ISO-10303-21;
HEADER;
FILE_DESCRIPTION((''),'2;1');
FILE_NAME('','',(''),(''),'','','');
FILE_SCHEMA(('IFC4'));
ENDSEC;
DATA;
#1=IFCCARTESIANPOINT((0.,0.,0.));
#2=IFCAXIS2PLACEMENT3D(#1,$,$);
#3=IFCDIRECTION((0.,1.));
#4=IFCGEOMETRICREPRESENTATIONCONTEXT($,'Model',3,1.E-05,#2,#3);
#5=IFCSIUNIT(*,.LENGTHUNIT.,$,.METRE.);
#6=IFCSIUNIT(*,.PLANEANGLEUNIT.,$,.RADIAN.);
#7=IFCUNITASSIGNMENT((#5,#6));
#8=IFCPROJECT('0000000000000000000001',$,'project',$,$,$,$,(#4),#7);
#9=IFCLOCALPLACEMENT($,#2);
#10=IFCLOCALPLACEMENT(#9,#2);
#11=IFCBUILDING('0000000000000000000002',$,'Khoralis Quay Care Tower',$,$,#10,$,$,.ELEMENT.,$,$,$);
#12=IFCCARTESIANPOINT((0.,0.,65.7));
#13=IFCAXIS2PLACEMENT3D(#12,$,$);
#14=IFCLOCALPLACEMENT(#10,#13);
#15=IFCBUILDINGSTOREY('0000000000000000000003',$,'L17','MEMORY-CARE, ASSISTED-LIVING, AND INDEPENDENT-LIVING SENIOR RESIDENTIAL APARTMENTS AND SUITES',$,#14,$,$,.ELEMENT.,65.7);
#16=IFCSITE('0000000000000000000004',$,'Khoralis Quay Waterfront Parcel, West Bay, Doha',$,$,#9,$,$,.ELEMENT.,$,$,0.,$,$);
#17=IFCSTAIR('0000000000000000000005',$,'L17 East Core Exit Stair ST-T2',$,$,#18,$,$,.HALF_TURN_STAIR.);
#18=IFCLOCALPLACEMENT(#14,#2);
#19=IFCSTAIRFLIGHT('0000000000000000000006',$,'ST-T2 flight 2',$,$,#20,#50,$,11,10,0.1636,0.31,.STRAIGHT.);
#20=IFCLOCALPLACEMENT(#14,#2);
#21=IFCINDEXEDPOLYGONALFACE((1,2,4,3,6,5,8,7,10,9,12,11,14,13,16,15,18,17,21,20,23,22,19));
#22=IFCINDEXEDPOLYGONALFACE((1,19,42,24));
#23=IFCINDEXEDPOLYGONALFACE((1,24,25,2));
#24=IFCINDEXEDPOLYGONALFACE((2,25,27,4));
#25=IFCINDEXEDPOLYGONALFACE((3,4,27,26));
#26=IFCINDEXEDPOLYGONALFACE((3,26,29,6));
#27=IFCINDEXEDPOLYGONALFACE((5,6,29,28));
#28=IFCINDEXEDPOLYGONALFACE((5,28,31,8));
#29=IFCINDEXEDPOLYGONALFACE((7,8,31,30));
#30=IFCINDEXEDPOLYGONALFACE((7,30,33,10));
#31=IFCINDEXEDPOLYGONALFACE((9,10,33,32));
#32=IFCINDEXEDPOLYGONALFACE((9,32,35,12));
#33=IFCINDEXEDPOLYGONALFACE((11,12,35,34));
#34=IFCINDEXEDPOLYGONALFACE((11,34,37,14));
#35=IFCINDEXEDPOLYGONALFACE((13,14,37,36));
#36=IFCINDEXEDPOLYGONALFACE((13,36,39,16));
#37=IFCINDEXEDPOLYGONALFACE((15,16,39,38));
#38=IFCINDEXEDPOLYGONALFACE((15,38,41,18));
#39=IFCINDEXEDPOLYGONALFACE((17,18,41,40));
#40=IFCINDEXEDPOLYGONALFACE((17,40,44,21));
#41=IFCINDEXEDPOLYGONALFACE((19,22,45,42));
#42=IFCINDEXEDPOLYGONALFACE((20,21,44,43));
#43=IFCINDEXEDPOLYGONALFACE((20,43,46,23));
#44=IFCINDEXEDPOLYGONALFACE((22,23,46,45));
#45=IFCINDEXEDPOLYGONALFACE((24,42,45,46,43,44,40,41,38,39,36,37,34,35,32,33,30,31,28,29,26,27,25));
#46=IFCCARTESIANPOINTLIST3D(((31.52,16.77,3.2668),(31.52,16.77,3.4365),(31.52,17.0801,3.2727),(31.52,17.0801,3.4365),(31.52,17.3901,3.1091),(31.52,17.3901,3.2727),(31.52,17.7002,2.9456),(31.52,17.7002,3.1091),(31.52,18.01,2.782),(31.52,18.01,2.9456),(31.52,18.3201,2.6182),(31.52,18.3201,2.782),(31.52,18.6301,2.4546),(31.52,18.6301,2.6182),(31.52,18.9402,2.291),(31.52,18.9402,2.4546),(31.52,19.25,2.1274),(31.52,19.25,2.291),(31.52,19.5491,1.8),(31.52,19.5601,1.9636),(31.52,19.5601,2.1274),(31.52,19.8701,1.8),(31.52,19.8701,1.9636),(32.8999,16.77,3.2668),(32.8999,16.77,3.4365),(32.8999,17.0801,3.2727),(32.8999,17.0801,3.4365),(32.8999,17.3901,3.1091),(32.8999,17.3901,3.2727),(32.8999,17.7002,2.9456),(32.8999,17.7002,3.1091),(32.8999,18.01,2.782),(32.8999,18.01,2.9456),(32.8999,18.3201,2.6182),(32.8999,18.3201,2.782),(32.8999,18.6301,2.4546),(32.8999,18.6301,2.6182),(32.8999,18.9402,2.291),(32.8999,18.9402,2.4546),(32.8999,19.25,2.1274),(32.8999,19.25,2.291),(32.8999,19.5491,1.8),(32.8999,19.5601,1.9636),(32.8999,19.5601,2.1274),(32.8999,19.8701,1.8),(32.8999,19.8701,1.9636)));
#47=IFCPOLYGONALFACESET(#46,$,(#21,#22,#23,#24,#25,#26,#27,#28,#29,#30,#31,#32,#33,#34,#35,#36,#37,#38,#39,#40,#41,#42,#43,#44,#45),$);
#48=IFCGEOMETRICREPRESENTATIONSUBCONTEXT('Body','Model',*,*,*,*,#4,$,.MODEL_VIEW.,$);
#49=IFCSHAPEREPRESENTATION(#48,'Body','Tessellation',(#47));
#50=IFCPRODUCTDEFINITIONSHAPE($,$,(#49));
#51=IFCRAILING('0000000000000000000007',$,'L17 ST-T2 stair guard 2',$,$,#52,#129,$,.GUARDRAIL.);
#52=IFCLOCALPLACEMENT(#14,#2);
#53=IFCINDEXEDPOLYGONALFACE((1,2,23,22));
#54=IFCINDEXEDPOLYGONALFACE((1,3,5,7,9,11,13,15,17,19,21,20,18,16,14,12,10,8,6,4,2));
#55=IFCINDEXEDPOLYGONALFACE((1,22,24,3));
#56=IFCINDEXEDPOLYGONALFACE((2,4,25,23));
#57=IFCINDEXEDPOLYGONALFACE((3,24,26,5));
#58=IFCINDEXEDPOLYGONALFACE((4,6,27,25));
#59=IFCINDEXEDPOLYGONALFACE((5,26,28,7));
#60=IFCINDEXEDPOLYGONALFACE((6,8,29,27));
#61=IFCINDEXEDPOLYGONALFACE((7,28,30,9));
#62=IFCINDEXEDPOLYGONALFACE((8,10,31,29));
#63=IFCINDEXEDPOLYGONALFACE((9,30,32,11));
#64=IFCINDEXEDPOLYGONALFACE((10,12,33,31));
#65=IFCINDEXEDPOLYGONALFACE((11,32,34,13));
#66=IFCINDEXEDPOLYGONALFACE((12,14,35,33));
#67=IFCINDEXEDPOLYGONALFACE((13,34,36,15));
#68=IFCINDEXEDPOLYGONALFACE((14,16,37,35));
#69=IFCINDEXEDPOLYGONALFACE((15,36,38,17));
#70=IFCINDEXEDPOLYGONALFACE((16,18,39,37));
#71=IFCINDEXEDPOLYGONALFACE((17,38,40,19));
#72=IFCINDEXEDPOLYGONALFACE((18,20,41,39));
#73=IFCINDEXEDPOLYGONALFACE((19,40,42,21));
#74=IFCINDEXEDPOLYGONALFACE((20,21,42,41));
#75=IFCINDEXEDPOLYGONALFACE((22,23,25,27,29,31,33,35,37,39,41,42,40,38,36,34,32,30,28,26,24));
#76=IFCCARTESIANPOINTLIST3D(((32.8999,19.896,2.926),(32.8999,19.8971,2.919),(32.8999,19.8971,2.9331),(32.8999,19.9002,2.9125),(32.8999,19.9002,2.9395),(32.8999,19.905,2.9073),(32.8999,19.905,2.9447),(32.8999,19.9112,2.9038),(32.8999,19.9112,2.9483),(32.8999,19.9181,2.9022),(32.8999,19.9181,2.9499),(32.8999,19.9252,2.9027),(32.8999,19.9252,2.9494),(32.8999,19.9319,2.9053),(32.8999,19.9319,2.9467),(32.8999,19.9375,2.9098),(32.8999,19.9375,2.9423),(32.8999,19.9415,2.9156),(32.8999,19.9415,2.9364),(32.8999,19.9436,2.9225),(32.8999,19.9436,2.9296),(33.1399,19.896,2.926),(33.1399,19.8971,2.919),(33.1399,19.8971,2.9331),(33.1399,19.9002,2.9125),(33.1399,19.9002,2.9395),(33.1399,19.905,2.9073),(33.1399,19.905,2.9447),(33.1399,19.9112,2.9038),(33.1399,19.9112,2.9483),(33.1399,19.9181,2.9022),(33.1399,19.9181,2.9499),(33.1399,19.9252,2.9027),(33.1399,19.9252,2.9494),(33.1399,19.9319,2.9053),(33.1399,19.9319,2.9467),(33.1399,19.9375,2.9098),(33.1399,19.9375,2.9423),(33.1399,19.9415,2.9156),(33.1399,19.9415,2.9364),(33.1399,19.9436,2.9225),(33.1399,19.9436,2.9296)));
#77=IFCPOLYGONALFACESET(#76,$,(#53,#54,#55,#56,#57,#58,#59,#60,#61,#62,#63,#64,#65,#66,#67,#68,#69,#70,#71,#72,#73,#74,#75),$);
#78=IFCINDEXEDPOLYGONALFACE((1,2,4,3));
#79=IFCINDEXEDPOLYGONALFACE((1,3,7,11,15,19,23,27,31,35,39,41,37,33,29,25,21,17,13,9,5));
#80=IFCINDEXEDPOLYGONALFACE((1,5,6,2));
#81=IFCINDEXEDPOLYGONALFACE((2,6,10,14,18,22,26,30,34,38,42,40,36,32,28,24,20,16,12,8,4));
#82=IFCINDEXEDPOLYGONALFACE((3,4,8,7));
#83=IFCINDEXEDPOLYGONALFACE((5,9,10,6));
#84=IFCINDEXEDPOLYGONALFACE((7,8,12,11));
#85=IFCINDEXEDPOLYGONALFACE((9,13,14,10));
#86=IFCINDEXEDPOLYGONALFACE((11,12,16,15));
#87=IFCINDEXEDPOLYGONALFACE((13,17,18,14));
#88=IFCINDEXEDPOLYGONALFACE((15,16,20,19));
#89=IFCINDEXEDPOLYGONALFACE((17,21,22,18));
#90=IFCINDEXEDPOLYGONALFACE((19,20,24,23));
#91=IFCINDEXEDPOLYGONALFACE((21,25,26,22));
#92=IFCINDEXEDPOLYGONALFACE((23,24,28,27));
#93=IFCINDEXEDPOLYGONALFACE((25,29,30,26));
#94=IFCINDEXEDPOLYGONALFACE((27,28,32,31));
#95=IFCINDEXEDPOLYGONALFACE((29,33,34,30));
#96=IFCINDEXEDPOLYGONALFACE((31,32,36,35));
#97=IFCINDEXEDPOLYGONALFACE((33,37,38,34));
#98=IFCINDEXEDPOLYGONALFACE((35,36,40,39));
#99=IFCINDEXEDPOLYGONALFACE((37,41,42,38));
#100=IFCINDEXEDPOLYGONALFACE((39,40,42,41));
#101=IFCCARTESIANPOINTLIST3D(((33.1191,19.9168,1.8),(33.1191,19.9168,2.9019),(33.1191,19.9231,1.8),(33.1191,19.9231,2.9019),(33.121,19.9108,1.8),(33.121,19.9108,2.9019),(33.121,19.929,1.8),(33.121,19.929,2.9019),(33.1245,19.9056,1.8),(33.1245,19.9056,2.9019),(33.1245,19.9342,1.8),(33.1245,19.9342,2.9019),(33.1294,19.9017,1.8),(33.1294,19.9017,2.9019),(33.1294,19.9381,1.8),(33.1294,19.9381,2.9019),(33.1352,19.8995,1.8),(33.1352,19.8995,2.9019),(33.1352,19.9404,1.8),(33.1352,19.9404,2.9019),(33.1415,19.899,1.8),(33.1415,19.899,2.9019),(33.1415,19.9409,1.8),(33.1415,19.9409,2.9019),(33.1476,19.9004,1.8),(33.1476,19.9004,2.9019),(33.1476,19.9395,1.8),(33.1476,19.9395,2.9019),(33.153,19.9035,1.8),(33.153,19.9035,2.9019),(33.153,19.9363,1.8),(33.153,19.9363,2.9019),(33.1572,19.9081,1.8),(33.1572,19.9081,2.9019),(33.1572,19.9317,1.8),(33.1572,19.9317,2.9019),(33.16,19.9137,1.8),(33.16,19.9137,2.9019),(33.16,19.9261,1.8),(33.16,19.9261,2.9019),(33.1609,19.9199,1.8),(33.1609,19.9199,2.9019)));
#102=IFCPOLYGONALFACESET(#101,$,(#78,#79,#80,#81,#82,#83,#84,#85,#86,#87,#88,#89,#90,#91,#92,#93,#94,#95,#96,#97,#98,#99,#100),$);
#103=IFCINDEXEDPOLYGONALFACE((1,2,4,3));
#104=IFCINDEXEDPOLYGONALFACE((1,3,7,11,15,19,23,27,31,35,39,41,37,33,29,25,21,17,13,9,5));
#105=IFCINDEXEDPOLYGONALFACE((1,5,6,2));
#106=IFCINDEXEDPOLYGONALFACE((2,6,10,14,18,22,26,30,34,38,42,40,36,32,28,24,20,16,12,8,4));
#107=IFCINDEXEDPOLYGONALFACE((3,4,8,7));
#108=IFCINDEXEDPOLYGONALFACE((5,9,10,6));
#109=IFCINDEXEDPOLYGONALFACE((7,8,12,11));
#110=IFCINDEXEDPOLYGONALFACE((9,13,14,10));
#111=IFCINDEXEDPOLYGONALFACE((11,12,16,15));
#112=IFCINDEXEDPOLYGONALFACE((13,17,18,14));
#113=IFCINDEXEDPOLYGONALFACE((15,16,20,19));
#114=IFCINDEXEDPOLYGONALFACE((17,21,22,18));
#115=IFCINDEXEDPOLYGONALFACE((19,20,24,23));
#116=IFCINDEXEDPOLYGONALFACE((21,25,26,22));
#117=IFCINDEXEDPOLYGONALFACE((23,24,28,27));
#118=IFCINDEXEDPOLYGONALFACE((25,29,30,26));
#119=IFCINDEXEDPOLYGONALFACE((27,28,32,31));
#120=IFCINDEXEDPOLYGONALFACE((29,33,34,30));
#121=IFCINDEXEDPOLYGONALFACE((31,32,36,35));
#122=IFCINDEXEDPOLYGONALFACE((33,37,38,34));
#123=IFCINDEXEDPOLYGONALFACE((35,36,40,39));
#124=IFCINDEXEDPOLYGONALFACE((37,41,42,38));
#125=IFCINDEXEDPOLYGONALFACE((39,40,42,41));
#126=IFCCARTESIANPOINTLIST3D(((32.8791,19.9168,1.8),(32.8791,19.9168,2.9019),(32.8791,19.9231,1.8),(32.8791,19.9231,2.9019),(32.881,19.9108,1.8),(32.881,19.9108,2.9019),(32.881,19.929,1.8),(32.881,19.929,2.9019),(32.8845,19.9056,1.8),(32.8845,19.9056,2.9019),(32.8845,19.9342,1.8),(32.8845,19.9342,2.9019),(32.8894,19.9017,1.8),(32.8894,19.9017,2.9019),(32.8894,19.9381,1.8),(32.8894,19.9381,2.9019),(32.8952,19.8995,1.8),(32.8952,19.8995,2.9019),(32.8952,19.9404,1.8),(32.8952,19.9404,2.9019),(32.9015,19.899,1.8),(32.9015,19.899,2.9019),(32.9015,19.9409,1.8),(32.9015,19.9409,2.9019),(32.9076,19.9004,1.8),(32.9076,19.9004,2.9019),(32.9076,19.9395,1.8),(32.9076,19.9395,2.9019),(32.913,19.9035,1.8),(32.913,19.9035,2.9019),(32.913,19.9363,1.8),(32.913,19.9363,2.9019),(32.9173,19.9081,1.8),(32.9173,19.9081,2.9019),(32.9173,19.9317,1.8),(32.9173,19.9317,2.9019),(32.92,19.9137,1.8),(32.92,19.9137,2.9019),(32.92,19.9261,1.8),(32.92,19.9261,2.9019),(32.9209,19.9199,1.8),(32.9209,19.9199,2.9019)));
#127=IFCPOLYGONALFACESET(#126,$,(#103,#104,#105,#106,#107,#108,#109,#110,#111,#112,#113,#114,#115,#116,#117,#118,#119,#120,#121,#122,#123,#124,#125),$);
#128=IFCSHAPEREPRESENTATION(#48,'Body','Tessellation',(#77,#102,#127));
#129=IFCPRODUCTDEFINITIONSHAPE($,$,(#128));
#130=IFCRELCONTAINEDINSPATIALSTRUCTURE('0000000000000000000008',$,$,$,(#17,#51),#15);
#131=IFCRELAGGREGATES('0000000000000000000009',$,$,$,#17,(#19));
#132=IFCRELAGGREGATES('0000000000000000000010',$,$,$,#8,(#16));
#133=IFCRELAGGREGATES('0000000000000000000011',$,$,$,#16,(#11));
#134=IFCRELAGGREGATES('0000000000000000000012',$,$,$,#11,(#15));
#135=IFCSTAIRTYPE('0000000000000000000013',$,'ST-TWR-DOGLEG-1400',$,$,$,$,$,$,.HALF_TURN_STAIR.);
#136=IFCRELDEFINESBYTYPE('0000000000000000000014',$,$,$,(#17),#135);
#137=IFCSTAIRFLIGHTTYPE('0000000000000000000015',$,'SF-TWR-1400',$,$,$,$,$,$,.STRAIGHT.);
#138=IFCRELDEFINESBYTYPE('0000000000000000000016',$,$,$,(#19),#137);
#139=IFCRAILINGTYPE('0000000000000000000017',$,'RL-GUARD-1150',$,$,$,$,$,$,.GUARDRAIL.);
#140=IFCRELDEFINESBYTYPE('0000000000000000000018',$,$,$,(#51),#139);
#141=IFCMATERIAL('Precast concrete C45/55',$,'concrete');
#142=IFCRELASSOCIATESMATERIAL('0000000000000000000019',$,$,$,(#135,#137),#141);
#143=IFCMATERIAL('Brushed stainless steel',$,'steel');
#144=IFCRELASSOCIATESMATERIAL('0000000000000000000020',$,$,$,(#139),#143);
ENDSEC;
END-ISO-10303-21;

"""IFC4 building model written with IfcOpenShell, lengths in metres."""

from ifc_helpers import new_model, si_unit, direction, frame, origin, origin_2d, place, context, subcontext, project, spatial, polyline, circle, outline, extrude, source, transform, mapped, material, type_object, element, aggregate, save


model = new_model("IFC4")

# Units and contexts
model_context = context("Model", 3, precision=1e-05, world=origin(), true_north=direction((0.0, 1.0)))
body_context = subcontext(model_context, "Body", "Model", "MODEL_VIEW")
ifc_project = project(units=[si_unit("LENGTHUNIT", "METRE"), si_unit("PLANEANGLEUNIT", "RADIAN")], contexts=[model_context])

# Site, building, storey
site_placement = place(None, origin())
site = spatial("IfcSite", under=ifc_project, at=site_placement, Name="Khoralis Quay Waterfront Parcel, West Bay, Doha", CompositionType="ELEMENT", RefElevation=0.0)
building_placement = place(site_placement, origin())
building = spatial("IfcBuilding", under=site, at=building_placement, Name="Khoralis Quay Care Tower", CompositionType="ELEMENT")
storey_placement = place(building_placement, frame((0.0, 0.0, 65.7)))
storey = spatial("IfcBuildingStorey", under=building, at=storey_placement, Name="L17", Description="MEMORY-CARE, ASSISTED-LIVING, AND INDEPENDENT-LIVING SENIOR RESIDENTIAL APARTMENTS AND SUITES", CompositionType="ELEMENT", Elevation=65.7)

# Shared definitions
ifc_material_1 = material(Name="Brushed stainless steel", Category="steel")

# Shared definitions
ifc_material_2 = material(Name="Precast concrete C45/55", Category="concrete")

# Stair, stair flight
stair_type = type_object("IfcStairType", Name="ST-TWR-DOGLEG-1400", PredefinedType="HALF_TURN_STAIR", material=ifc_material_2)
stair_placement = place(storey_placement, origin())
stair = element("IfcStair", 1, at=stair_placement, inside=storey, type_object=stair_type, Name="L17 East Core Exit Stair ST-T2", PredefinedType="HALF_TURN_STAIR")
stair_flight_type = type_object("IfcStairFlightType", Name="SF-TWR-1400", PredefinedType="STRAIGHT", material=ifc_material_2)
shared_shape_1 = source(origin(), body_context, "Body", "SweptSolid", [
    extrude(outline(polyline([(0.0, 0.0), (0.0, 0.1636), (0.3101, 0.1636), (0.3101, 0.3274), (0.6201, 0.3274), (0.6201, 0.491), (0.9299, 0.491), (0.9299, 0.6545), (1.24, 0.6545), (1.24, 0.8181), (1.55, 0.8181), (1.55, 0.9819), (1.8601, 0.9819), (1.8601, 1.1455), (2.1699, 1.1455), (2.1699, 1.3091), (2.48, 1.3091), (2.48, 1.4727), (2.79, 1.4727), (2.79, 1.6365), (3.1001, 1.6365), (3.1001, 1.8), (3.1001, 1.4668), (0.321, 0.0), (0.0, 0.0)])), frame((0.0, 0.6899, 0.0), z_axis=(0.0, -1.0, 0.0), x_axis=(1.0, 0.0, 0.0)), (0.0, 0.0, 1.0), 1.3799),
])
stair_flight_placement = place(storey_placement, frame((32.21, 19.8701, 1.8), z_axis=(0.0, 0.0, 1.0), x_axis=(0.0, -1.0, 0.0)))
stair_flight = element("IfcStairFlight", 2, at=stair_flight_placement, type_object=stair_flight_type, Name="ST-T2 flight 2", NumberOfRisers=11, NumberOfTreads=10, PredefinedType="STRAIGHT", RiserHeight=0.1636, TreadLength=0.31, context=body_context, shape_type="MappedRepresentation", body=[
    mapped(shared_shape_1, transform((0.0, 0.0, 0.0), scale=1.0)),
])
aggregate(stair, [stair_flight])

# Railing
railing_type_1 = type_object("IfcRailingType", Name="RL-GUARD-1150", PredefinedType="GUARDRAIL", material=ifc_material_1)
railing_1_placement = place(storey_placement, frame((33.1399, 19.9199, 1.8)))
element("IfcRailing", 3, at=railing_1_placement, inside=storey, type_object=railing_type_1, Name="L17 ST-T2 stair guard 2", PredefinedType="GUARDRAIL", context=body_context, shape_type="SweptSolid", body=[
    extrude(circle(Radius=0.0239, at=origin_2d()), frame((0.0, 0.0, 1.126), z_axis=(-1.0, 0.0, 0.0), x_axis=(0.0, -1.0, 0.0)), (0.0, 0.0, 1.0), 0.24),
    extrude(circle(Radius=0.021, at=origin_2d()), origin(), (0.0, 0.0, 1.0), 1.1018),
    extrude(circle(Radius=0.021, at=origin_2d()), frame((-0.24, 0.0, 0.0)), (0.0, 0.0, 1.0), 1.1018),
])

save(model, "model.ifc")
